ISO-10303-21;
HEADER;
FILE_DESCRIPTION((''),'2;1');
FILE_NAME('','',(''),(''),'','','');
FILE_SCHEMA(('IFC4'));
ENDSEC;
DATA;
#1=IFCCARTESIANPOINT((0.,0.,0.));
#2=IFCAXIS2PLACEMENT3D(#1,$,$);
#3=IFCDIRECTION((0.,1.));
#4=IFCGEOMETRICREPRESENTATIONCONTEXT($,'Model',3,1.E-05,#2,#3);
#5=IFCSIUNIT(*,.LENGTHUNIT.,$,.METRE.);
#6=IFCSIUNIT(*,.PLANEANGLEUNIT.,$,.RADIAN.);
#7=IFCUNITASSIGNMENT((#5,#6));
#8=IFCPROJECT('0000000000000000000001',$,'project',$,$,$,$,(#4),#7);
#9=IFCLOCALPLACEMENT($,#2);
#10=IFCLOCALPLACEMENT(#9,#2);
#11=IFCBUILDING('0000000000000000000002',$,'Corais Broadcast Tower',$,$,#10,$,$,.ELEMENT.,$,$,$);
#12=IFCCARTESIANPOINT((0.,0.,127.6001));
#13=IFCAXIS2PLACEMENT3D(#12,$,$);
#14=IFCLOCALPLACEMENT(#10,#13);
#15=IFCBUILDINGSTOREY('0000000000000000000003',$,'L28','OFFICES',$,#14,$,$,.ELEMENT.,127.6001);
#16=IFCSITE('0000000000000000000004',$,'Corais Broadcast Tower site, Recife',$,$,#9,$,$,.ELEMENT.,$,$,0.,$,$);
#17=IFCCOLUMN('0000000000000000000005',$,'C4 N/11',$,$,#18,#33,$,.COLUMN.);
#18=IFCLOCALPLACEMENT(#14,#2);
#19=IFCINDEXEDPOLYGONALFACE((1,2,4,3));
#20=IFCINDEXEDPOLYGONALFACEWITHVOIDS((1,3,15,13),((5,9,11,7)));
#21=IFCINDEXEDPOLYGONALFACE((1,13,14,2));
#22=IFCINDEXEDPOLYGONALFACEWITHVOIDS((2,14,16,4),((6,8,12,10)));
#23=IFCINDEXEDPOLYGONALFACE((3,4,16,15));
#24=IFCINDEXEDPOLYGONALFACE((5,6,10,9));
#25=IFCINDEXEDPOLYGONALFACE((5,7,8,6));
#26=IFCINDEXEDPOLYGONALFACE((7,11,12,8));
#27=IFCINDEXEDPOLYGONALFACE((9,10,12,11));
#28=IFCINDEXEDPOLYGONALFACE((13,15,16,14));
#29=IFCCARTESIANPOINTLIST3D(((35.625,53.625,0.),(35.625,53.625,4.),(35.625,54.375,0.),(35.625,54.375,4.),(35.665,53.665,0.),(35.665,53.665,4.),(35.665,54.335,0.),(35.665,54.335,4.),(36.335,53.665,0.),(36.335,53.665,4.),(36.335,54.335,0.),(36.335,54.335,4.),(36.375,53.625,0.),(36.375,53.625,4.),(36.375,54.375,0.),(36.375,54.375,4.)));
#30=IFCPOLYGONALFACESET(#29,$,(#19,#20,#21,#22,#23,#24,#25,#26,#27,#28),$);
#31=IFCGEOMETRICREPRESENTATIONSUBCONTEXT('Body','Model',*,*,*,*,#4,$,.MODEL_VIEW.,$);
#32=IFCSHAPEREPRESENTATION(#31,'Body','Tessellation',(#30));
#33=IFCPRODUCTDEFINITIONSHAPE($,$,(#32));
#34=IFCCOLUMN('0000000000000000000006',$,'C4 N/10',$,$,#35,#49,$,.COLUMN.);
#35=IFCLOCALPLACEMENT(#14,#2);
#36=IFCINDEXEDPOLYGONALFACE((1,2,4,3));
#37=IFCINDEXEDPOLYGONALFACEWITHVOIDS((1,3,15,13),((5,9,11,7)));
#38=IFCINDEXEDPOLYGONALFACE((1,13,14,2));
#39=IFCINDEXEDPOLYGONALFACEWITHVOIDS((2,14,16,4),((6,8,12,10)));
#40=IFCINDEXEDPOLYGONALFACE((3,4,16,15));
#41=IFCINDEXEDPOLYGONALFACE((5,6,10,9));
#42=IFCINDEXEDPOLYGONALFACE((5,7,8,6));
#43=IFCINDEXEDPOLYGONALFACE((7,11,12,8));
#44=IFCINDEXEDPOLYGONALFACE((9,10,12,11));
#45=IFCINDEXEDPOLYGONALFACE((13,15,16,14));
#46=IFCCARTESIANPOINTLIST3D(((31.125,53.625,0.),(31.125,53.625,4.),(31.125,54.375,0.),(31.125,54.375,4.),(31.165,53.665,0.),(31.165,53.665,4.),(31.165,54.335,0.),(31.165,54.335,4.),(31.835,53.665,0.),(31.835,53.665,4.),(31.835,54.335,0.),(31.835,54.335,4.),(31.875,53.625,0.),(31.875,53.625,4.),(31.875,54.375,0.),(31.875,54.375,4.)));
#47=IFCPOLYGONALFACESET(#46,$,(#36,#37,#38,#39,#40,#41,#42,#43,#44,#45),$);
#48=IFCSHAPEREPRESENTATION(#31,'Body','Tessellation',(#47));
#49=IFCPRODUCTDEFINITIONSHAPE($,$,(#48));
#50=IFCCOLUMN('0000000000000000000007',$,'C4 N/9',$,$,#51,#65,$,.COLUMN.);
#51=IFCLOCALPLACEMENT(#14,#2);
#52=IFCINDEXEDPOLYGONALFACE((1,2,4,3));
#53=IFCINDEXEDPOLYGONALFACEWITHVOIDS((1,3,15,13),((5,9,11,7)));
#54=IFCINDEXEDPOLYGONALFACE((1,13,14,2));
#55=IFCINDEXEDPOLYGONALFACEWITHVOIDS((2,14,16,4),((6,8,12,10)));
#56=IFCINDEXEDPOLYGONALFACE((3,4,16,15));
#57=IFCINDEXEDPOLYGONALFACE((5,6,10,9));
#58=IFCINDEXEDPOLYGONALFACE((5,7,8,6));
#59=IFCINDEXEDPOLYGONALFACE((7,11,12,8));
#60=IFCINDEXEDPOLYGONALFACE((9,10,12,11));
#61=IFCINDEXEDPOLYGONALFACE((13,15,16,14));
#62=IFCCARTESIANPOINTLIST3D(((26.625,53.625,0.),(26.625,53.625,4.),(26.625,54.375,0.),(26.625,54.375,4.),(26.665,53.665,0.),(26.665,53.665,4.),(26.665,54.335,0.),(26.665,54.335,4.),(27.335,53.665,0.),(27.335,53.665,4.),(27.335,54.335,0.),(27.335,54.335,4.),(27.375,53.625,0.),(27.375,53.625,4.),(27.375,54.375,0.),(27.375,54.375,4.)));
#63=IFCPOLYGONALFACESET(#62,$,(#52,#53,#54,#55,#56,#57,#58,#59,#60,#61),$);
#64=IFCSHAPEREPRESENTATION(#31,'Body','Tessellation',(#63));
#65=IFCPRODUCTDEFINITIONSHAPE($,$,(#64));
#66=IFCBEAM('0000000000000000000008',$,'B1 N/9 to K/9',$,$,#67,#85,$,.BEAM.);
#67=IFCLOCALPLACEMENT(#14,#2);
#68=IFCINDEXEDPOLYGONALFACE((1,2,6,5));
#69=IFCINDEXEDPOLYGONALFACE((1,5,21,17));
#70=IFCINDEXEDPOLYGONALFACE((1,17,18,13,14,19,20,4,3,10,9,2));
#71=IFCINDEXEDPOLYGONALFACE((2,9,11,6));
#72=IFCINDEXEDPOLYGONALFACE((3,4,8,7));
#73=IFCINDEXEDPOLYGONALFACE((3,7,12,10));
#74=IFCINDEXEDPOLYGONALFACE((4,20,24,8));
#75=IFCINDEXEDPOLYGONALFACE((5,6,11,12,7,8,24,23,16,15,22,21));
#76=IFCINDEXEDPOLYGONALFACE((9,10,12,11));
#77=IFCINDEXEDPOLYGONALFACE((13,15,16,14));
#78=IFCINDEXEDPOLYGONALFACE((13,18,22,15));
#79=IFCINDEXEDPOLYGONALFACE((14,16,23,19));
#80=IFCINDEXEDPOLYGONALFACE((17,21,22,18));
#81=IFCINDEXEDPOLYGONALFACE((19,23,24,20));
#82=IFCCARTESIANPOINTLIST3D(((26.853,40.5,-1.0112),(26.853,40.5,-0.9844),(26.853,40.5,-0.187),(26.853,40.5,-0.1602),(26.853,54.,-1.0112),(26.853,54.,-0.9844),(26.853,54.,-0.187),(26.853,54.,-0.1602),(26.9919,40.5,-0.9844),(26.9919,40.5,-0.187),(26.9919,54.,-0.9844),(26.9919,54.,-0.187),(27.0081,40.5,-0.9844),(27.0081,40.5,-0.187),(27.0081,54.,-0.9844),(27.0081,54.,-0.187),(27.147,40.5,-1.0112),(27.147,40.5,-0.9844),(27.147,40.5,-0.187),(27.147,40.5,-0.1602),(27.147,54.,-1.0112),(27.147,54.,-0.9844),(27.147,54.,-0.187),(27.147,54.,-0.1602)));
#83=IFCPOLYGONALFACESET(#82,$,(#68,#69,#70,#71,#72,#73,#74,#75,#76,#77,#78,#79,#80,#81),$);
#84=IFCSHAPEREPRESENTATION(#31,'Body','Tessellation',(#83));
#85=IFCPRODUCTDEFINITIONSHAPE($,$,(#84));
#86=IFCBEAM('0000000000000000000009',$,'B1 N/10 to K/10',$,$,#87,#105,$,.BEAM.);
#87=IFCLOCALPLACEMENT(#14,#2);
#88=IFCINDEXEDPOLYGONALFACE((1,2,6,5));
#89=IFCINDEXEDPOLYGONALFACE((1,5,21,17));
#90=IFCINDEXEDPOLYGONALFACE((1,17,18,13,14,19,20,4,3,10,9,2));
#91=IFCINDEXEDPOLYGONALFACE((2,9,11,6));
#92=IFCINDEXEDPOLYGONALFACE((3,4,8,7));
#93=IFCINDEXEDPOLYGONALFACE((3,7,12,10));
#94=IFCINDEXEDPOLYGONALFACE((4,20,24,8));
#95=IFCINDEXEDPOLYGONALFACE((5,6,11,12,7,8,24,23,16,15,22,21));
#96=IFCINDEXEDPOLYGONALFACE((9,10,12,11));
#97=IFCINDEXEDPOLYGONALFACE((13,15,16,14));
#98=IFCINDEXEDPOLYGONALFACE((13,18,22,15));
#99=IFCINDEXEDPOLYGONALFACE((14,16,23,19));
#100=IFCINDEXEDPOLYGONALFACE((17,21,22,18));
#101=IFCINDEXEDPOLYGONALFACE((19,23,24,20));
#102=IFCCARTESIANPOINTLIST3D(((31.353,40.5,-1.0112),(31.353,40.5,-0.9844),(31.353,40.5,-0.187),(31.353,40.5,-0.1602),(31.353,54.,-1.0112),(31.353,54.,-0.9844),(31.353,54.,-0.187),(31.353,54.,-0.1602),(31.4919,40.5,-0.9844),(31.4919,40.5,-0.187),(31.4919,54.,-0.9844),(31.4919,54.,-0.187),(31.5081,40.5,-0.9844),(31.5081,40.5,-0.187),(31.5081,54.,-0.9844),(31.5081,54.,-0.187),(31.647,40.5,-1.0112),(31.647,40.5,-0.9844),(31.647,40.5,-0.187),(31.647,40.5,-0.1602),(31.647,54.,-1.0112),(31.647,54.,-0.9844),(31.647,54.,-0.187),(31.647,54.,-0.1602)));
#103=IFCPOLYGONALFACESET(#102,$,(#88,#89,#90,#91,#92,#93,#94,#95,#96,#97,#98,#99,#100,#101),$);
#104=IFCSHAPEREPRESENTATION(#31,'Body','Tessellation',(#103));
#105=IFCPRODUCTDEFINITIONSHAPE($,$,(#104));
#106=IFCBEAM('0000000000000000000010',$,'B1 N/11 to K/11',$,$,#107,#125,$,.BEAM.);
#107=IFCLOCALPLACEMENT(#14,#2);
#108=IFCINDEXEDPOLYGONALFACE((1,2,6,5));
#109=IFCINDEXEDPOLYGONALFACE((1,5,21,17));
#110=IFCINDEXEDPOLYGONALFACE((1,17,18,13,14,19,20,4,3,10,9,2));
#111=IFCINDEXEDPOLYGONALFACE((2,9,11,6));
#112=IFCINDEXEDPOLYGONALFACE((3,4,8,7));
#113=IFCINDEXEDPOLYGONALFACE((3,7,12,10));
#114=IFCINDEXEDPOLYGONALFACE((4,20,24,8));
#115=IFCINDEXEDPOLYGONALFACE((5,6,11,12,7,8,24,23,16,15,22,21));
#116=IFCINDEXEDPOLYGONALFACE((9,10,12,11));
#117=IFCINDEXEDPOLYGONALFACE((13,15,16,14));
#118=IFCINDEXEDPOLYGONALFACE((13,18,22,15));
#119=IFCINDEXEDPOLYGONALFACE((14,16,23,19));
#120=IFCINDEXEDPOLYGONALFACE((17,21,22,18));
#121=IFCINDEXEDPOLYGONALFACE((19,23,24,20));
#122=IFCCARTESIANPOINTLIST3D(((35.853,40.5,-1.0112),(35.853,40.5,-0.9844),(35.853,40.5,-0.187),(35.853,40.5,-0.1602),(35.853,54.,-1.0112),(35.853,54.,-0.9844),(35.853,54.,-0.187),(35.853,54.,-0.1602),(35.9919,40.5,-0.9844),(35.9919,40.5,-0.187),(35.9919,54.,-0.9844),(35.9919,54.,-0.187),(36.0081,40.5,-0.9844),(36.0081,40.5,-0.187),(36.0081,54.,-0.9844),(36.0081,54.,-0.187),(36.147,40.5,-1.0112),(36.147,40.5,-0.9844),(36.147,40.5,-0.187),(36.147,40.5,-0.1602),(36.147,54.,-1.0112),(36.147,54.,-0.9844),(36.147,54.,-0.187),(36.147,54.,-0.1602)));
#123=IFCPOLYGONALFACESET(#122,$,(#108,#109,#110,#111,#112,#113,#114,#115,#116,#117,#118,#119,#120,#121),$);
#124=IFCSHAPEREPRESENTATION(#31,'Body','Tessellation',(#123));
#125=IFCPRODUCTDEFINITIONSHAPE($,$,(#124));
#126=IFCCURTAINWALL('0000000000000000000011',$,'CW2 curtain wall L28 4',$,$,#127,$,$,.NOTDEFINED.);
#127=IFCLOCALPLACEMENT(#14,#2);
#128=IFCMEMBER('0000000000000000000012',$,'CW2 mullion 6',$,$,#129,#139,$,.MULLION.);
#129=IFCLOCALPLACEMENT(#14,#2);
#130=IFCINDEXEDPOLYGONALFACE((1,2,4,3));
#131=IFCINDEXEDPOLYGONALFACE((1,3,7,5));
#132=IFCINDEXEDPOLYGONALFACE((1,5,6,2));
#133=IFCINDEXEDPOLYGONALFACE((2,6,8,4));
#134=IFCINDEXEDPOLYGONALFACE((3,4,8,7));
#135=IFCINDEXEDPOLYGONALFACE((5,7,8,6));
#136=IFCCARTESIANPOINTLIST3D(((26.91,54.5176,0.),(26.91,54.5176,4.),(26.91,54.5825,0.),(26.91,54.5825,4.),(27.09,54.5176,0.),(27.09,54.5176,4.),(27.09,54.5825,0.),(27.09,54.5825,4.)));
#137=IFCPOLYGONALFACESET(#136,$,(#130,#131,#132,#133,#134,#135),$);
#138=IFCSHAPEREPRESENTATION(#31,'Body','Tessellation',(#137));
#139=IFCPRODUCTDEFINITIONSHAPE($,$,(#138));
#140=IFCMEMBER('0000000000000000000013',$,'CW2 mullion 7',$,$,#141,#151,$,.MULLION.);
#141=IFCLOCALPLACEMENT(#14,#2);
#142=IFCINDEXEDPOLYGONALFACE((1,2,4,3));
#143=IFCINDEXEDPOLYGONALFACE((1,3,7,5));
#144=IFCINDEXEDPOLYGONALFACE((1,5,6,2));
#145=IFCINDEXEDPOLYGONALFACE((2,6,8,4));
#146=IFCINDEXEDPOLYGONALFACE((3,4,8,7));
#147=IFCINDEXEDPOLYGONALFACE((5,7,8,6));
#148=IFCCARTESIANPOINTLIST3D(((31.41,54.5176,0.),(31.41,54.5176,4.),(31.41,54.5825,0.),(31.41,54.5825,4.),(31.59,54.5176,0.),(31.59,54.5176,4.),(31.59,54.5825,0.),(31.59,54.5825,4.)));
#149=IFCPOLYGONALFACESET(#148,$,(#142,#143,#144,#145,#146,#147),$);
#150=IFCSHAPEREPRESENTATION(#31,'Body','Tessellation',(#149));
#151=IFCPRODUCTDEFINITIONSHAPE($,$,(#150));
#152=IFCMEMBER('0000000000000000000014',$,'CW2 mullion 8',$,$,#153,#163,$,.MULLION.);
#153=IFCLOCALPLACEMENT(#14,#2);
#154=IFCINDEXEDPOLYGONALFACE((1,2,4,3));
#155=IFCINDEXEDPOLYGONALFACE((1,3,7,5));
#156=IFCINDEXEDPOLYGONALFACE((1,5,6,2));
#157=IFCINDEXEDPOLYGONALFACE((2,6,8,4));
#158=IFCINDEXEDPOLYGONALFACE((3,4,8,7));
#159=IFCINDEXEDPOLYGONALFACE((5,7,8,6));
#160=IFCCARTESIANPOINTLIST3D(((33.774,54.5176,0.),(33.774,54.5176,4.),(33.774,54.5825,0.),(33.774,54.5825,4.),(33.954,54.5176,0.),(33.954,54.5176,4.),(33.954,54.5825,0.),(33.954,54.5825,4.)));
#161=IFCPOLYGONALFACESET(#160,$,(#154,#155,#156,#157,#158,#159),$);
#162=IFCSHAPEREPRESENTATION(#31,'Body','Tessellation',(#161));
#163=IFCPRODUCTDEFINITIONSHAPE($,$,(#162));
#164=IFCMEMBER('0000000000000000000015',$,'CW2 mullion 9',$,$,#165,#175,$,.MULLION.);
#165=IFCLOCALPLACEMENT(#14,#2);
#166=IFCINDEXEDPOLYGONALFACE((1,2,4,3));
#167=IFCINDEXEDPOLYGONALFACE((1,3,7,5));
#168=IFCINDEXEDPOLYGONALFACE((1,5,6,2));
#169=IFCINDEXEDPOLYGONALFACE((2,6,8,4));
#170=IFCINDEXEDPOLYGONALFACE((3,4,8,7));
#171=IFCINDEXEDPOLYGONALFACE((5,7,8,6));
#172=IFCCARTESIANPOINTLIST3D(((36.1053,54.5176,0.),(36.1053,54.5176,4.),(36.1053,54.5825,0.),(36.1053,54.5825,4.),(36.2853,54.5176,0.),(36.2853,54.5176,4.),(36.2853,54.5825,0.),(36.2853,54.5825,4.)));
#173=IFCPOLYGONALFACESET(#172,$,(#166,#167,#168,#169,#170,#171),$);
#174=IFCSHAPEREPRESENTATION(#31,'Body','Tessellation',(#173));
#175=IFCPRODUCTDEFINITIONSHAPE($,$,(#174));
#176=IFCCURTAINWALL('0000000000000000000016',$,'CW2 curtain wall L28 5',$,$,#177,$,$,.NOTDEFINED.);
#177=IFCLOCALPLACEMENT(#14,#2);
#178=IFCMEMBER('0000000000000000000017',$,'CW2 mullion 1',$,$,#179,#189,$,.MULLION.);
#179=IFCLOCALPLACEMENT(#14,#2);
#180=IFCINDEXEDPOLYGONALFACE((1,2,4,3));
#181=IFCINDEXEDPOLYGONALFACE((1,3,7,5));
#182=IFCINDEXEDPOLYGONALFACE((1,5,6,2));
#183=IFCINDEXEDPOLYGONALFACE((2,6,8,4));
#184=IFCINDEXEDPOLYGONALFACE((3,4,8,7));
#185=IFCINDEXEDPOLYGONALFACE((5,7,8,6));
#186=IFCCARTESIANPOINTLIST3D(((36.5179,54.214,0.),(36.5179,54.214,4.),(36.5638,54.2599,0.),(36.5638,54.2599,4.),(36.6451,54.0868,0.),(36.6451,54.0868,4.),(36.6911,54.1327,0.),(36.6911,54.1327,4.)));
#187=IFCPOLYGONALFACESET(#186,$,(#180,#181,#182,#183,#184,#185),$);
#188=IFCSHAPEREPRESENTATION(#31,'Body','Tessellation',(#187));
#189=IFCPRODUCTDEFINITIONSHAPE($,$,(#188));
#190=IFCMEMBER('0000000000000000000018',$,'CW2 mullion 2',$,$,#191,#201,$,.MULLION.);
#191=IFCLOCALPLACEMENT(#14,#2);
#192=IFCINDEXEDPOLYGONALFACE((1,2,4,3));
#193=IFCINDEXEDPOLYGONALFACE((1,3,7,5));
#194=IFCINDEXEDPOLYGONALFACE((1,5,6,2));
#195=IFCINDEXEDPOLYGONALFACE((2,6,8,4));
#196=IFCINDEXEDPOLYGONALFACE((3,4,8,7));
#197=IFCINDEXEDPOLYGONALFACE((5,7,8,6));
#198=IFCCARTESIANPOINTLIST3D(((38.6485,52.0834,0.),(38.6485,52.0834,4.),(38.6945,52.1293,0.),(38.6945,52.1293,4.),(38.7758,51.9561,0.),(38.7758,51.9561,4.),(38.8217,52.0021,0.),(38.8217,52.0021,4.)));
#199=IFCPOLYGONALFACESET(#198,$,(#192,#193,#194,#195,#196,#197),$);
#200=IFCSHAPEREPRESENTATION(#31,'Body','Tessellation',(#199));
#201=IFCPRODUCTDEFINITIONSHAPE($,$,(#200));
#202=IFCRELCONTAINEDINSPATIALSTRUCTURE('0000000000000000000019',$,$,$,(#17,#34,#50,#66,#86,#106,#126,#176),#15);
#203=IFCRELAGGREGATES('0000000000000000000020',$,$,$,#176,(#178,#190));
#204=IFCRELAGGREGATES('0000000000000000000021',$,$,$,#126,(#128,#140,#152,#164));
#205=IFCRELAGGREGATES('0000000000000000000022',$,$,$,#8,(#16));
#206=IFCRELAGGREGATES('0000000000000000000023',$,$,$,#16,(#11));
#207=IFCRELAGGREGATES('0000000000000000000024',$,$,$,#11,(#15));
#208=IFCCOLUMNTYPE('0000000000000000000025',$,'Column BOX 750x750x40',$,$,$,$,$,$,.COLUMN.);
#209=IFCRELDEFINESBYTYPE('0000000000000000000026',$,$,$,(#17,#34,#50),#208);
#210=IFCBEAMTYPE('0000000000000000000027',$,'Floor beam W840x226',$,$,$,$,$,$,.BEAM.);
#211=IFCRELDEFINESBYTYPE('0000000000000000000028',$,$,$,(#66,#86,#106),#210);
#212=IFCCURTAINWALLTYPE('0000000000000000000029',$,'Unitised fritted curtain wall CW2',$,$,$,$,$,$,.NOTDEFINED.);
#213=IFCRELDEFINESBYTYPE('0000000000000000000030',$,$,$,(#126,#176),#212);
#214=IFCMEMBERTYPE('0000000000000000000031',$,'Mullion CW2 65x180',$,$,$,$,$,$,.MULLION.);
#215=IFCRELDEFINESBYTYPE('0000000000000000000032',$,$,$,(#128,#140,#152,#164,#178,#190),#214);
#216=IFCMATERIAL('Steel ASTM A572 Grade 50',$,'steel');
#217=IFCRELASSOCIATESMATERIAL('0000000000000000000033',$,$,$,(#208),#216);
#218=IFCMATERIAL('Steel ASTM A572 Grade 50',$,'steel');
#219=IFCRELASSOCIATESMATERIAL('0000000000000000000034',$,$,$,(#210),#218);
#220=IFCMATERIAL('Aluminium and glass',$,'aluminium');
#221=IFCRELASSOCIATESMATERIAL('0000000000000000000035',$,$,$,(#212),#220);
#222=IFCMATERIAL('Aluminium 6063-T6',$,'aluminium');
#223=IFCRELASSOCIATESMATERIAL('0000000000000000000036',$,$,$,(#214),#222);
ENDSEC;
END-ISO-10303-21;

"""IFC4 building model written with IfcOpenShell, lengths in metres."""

from ifc_helpers import new_model, si_unit, direction, frame, origin, origin_2d, place, context, subcontext, project, spatial, rectangle, hollow_rectangle, i_section, extrude, material, material_profile, profile_set, type_object, element, aggregate, save


model = new_model("IFC4")

# Units and contexts
model_context = context("Model", 3, precision=1e-05, world=origin(), true_north=direction((0.0, 1.0)))
body_context = subcontext(model_context, "Body", "Model", "MODEL_VIEW")
ifc_project = project(units=[si_unit("LENGTHUNIT", "METRE"), si_unit("PLANEANGLEUNIT", "RADIAN")], contexts=[model_context])

# Site, building, storey
site_placement = place(None, origin())
site = spatial("IfcSite", under=ifc_project, at=site_placement, Name="Corais Broadcast Tower site, Recife", CompositionType="ELEMENT", RefElevation=0.0)
building_placement = place(site_placement, origin())
building = spatial("IfcBuilding", under=site, at=building_placement, Name="Corais Broadcast Tower", CompositionType="ELEMENT")
storey_placement = place(building_placement, frame((0.0, 0.0, 127.6001)))
storey = spatial("IfcBuildingStorey", under=building, at=storey_placement, Name="L28", Description="OFFICES", CompositionType="ELEMENT", Elevation=127.6001)

# Columns
ifc_material_1 = material(Name="Steel ASTM A572 Grade 50", Category="steel")
ifc_material_profile_1 = material_profile(ifc_material_1, hollow_rectangle(XDim=0.75, YDim=0.75, WallThickness=0.04, at=origin_2d()), Name="BOX 750x750x40")
ifc_profile_set_1 = profile_set([ifc_material_profile_1], Name="Steel ASTM A572 Grade 50")
column_type = type_object("IfcColumnType", Name="Column BOX 750x750x40", PredefinedType="COLUMN", material=ifc_profile_set_1)
for number, where, z_axis, x_axis, name in (
    (1, (36.0, 54.0, 0.0), (0.0, 0.0, 1.0), (1.0, 0.0, 0.0), "C4 N/11"),
    (2, (31.5, 54.0, 0.0), (0.0, 0.0, 1.0), (1.0, 0.0, 0.0), "C4 N/10"),
    (3, (27.0, 54.0, 0.0), (0.0, 0.0, 1.0), (1.0, 0.0, 0.0), "C4 N/9"),
):
    element("IfcColumn", number, at=place(storey_placement, frame(where, z_axis=z_axis, x_axis=x_axis)), inside=storey, type_object=column_type, Name=name, PredefinedType="COLUMN", context=body_context, shape_type="SweptSolid", body=[
        extrude(hollow_rectangle(XDim=0.75, YDim=0.75, WallThickness=0.04, at=origin_2d()), origin(), (0.0, 0.0, 1.0), 4.0),
    ])

# Beams
ifc_material_2 = material(Name="Steel ASTM A572 Grade 50", Category="steel")
ifc_material_profile_2 = material_profile(ifc_material_2, i_section(OverallWidth=0.2939, OverallDepth=0.8511, WebThickness=0.0161, FlangeThickness=0.0269, at=origin_2d()), Name="W840x226")
ifc_profile_set_2 = profile_set([ifc_material_profile_2], Name="Steel ASTM A572 Grade 50")
beam_type_1 = type_object("IfcBeamType", Name="Floor beam W840x226", PredefinedType="BEAM", material=ifc_profile_set_2)
for number, where, z_axis, x_axis, name in (
    (4, (27.0, 54.0, -0.5857), (0.0, -1.0, 0.0), (1.0, 0.0, 0.0), "B1 N/9 to K/9"),
    (5, (31.5, 54.0, -0.5857), (0.0, -1.0, 0.0), (1.0, 0.0, 0.0), "B1 N/10 to K/10"),
    (6, (36.0, 54.0, -0.5857), (0.0, -1.0, 0.0), (1.0, 0.0, 0.0), "B1 N/11 to K/11"),
):
    element("IfcBeam", number, at=place(storey_placement, frame(where, z_axis=z_axis, x_axis=x_axis)), inside=storey, type_object=beam_type_1, Name=name, PredefinedType="BEAM", context=body_context, shape_type="SweptSolid", body=[
        extrude(i_section(OverallWidth=0.2939, OverallDepth=0.8511, WebThickness=0.0161, FlangeThickness=0.0269, at=origin_2d()), origin(), (0.0, 0.0, 1.0), 13.5),
    ])

# Curtain walls, members
ifc_material_3 = material(Name="Aluminium and glass", Category="aluminium")
curtain_wall_type = type_object("IfcCurtainWallType", Name="Unitised fritted curtain wall CW2", PredefinedType="NOTDEFINED", material=ifc_material_3)
curtain_wall_1_placement = place(storey_placement, origin())
curtain_wall_1 = element("IfcCurtainWall", 7, at=curtain_wall_1_placement, inside=storey, type_object=curtain_wall_type, Name="CW2 curtain wall L28 4", PredefinedType="NOTDEFINED")
ifc_material_4 = material(Name="Aluminium 6063-T6", Category="aluminium")
ifc_material_profile_3 = material_profile(ifc_material_4, rectangle(XDim=0.0649, YDim=0.1799, at=origin_2d()), Name="Mullion CW2 65x180")
ifc_profile_set_3 = profile_set([ifc_material_profile_3], Name="Aluminium 6063-T6")
member_type_1 = type_object("IfcMemberType", Name="Mullion CW2 65x180", PredefinedType="MULLION", material=ifc_profile_set_3)
member_1_placement = place(storey_placement, frame((27.0, 54.55, 0.0), z_axis=(0.0, 0.0, 1.0), x_axis=(0.0, 1.0, 0.0)))
member_1 = element("IfcMember", 8, at=member_1_placement, type_object=member_type_1, Name="CW2 mullion 6", PredefinedType="MULLION", context=body_context, shape_type="SweptSolid", body=[
    extrude(rectangle(XDim=0.0649, YDim=0.1799, at=origin_2d()), origin(), (0.0, 0.0, 1.0), 4.0),
])
member_2_placement = place(storey_placement, frame((31.5, 54.55, 0.0), z_axis=(0.0, 0.0, 1.0), x_axis=(0.0, 1.0, 0.0)))
member_2 = element("IfcMember", 9, at=member_2_placement, type_object=member_type_1, Name="CW2 mullion 7", PredefinedType="MULLION", context=body_context, shape_type="SweptSolid", body=[
    extrude(rectangle(XDim=0.0649, YDim=0.1799, at=origin_2d()), origin(), (0.0, 0.0, 1.0), 4.0),
])
member_3_placement = place(storey_placement, frame((33.864, 54.55, 0.0), z_axis=(0.0, 0.0, 1.0), x_axis=(0.0, 1.0, 0.0)))
member_3 = element("IfcMember", 10, at=member_3_placement, type_object=member_type_1, Name="CW2 mullion 8", PredefinedType="MULLION", context=body_context, shape_type="SweptSolid", body=[
    extrude(rectangle(XDim=0.0649, YDim=0.1799, at=origin_2d()), origin(), (0.0, 0.0, 1.0), 4.0),
])
member_4_placement = place(storey_placement, frame((36.1953, 54.55, 0.0), z_axis=(0.0, 0.0, 1.0), x_axis=(0.0, 1.0, 0.0)))
member_4 = element("IfcMember", 11, at=member_4_placement, type_object=member_type_1, Name="CW2 mullion 9", PredefinedType="MULLION", context=body_context, shape_type="SweptSolid", body=[
    extrude(rectangle(XDim=0.0649, YDim=0.1799, at=origin_2d()), origin(), (0.0, 0.0, 1.0), 4.0),
])
curtain_wall_2_placement = place(storey_placement, origin())
curtain_wall_2 = element("IfcCurtainWall", 12, at=curtain_wall_2_placement, inside=storey, type_object=curtain_wall_type, Name="CW2 curtain wall L28 5", PredefinedType="NOTDEFINED")
member_5_placement = place(storey_placement, frame((36.6045, 54.1733, 0.0), z_axis=(0.0, 0.0, 1.0), x_axis=(0.707107, 0.707107, 0.0)))
member_5 = element("IfcMember", 13, at=member_5_placement, type_object=member_type_1, Name="CW2 mullion 1", PredefinedType="MULLION", context=body_context, shape_type="SweptSolid", body=[
    extrude(rectangle(XDim=0.0649, YDim=0.1799, at=origin_2d()), origin(), (0.0, 0.0, 1.0), 4.0),
])
member_6_placement = place(storey_placement, frame((38.7351, 52.0427, 0.0), z_axis=(0.0, 0.0, 1.0), x_axis=(0.707107, 0.707107, 0.0)))
member_6 = element("IfcMember", 14, at=member_6_placement, type_object=member_type_1, Name="CW2 mullion 2", PredefinedType="MULLION", context=body_context, shape_type="SweptSolid", body=[
    extrude(rectangle(XDim=0.0649, YDim=0.1799, at=origin_2d()), origin(), (0.0, 0.0, 1.0), 4.0),
])

aggregate(curtain_wall_2, [member_5, member_6])
aggregate(curtain_wall_1, [member_1, member_2, member_3, member_4])

save(model, "model.ifc")
